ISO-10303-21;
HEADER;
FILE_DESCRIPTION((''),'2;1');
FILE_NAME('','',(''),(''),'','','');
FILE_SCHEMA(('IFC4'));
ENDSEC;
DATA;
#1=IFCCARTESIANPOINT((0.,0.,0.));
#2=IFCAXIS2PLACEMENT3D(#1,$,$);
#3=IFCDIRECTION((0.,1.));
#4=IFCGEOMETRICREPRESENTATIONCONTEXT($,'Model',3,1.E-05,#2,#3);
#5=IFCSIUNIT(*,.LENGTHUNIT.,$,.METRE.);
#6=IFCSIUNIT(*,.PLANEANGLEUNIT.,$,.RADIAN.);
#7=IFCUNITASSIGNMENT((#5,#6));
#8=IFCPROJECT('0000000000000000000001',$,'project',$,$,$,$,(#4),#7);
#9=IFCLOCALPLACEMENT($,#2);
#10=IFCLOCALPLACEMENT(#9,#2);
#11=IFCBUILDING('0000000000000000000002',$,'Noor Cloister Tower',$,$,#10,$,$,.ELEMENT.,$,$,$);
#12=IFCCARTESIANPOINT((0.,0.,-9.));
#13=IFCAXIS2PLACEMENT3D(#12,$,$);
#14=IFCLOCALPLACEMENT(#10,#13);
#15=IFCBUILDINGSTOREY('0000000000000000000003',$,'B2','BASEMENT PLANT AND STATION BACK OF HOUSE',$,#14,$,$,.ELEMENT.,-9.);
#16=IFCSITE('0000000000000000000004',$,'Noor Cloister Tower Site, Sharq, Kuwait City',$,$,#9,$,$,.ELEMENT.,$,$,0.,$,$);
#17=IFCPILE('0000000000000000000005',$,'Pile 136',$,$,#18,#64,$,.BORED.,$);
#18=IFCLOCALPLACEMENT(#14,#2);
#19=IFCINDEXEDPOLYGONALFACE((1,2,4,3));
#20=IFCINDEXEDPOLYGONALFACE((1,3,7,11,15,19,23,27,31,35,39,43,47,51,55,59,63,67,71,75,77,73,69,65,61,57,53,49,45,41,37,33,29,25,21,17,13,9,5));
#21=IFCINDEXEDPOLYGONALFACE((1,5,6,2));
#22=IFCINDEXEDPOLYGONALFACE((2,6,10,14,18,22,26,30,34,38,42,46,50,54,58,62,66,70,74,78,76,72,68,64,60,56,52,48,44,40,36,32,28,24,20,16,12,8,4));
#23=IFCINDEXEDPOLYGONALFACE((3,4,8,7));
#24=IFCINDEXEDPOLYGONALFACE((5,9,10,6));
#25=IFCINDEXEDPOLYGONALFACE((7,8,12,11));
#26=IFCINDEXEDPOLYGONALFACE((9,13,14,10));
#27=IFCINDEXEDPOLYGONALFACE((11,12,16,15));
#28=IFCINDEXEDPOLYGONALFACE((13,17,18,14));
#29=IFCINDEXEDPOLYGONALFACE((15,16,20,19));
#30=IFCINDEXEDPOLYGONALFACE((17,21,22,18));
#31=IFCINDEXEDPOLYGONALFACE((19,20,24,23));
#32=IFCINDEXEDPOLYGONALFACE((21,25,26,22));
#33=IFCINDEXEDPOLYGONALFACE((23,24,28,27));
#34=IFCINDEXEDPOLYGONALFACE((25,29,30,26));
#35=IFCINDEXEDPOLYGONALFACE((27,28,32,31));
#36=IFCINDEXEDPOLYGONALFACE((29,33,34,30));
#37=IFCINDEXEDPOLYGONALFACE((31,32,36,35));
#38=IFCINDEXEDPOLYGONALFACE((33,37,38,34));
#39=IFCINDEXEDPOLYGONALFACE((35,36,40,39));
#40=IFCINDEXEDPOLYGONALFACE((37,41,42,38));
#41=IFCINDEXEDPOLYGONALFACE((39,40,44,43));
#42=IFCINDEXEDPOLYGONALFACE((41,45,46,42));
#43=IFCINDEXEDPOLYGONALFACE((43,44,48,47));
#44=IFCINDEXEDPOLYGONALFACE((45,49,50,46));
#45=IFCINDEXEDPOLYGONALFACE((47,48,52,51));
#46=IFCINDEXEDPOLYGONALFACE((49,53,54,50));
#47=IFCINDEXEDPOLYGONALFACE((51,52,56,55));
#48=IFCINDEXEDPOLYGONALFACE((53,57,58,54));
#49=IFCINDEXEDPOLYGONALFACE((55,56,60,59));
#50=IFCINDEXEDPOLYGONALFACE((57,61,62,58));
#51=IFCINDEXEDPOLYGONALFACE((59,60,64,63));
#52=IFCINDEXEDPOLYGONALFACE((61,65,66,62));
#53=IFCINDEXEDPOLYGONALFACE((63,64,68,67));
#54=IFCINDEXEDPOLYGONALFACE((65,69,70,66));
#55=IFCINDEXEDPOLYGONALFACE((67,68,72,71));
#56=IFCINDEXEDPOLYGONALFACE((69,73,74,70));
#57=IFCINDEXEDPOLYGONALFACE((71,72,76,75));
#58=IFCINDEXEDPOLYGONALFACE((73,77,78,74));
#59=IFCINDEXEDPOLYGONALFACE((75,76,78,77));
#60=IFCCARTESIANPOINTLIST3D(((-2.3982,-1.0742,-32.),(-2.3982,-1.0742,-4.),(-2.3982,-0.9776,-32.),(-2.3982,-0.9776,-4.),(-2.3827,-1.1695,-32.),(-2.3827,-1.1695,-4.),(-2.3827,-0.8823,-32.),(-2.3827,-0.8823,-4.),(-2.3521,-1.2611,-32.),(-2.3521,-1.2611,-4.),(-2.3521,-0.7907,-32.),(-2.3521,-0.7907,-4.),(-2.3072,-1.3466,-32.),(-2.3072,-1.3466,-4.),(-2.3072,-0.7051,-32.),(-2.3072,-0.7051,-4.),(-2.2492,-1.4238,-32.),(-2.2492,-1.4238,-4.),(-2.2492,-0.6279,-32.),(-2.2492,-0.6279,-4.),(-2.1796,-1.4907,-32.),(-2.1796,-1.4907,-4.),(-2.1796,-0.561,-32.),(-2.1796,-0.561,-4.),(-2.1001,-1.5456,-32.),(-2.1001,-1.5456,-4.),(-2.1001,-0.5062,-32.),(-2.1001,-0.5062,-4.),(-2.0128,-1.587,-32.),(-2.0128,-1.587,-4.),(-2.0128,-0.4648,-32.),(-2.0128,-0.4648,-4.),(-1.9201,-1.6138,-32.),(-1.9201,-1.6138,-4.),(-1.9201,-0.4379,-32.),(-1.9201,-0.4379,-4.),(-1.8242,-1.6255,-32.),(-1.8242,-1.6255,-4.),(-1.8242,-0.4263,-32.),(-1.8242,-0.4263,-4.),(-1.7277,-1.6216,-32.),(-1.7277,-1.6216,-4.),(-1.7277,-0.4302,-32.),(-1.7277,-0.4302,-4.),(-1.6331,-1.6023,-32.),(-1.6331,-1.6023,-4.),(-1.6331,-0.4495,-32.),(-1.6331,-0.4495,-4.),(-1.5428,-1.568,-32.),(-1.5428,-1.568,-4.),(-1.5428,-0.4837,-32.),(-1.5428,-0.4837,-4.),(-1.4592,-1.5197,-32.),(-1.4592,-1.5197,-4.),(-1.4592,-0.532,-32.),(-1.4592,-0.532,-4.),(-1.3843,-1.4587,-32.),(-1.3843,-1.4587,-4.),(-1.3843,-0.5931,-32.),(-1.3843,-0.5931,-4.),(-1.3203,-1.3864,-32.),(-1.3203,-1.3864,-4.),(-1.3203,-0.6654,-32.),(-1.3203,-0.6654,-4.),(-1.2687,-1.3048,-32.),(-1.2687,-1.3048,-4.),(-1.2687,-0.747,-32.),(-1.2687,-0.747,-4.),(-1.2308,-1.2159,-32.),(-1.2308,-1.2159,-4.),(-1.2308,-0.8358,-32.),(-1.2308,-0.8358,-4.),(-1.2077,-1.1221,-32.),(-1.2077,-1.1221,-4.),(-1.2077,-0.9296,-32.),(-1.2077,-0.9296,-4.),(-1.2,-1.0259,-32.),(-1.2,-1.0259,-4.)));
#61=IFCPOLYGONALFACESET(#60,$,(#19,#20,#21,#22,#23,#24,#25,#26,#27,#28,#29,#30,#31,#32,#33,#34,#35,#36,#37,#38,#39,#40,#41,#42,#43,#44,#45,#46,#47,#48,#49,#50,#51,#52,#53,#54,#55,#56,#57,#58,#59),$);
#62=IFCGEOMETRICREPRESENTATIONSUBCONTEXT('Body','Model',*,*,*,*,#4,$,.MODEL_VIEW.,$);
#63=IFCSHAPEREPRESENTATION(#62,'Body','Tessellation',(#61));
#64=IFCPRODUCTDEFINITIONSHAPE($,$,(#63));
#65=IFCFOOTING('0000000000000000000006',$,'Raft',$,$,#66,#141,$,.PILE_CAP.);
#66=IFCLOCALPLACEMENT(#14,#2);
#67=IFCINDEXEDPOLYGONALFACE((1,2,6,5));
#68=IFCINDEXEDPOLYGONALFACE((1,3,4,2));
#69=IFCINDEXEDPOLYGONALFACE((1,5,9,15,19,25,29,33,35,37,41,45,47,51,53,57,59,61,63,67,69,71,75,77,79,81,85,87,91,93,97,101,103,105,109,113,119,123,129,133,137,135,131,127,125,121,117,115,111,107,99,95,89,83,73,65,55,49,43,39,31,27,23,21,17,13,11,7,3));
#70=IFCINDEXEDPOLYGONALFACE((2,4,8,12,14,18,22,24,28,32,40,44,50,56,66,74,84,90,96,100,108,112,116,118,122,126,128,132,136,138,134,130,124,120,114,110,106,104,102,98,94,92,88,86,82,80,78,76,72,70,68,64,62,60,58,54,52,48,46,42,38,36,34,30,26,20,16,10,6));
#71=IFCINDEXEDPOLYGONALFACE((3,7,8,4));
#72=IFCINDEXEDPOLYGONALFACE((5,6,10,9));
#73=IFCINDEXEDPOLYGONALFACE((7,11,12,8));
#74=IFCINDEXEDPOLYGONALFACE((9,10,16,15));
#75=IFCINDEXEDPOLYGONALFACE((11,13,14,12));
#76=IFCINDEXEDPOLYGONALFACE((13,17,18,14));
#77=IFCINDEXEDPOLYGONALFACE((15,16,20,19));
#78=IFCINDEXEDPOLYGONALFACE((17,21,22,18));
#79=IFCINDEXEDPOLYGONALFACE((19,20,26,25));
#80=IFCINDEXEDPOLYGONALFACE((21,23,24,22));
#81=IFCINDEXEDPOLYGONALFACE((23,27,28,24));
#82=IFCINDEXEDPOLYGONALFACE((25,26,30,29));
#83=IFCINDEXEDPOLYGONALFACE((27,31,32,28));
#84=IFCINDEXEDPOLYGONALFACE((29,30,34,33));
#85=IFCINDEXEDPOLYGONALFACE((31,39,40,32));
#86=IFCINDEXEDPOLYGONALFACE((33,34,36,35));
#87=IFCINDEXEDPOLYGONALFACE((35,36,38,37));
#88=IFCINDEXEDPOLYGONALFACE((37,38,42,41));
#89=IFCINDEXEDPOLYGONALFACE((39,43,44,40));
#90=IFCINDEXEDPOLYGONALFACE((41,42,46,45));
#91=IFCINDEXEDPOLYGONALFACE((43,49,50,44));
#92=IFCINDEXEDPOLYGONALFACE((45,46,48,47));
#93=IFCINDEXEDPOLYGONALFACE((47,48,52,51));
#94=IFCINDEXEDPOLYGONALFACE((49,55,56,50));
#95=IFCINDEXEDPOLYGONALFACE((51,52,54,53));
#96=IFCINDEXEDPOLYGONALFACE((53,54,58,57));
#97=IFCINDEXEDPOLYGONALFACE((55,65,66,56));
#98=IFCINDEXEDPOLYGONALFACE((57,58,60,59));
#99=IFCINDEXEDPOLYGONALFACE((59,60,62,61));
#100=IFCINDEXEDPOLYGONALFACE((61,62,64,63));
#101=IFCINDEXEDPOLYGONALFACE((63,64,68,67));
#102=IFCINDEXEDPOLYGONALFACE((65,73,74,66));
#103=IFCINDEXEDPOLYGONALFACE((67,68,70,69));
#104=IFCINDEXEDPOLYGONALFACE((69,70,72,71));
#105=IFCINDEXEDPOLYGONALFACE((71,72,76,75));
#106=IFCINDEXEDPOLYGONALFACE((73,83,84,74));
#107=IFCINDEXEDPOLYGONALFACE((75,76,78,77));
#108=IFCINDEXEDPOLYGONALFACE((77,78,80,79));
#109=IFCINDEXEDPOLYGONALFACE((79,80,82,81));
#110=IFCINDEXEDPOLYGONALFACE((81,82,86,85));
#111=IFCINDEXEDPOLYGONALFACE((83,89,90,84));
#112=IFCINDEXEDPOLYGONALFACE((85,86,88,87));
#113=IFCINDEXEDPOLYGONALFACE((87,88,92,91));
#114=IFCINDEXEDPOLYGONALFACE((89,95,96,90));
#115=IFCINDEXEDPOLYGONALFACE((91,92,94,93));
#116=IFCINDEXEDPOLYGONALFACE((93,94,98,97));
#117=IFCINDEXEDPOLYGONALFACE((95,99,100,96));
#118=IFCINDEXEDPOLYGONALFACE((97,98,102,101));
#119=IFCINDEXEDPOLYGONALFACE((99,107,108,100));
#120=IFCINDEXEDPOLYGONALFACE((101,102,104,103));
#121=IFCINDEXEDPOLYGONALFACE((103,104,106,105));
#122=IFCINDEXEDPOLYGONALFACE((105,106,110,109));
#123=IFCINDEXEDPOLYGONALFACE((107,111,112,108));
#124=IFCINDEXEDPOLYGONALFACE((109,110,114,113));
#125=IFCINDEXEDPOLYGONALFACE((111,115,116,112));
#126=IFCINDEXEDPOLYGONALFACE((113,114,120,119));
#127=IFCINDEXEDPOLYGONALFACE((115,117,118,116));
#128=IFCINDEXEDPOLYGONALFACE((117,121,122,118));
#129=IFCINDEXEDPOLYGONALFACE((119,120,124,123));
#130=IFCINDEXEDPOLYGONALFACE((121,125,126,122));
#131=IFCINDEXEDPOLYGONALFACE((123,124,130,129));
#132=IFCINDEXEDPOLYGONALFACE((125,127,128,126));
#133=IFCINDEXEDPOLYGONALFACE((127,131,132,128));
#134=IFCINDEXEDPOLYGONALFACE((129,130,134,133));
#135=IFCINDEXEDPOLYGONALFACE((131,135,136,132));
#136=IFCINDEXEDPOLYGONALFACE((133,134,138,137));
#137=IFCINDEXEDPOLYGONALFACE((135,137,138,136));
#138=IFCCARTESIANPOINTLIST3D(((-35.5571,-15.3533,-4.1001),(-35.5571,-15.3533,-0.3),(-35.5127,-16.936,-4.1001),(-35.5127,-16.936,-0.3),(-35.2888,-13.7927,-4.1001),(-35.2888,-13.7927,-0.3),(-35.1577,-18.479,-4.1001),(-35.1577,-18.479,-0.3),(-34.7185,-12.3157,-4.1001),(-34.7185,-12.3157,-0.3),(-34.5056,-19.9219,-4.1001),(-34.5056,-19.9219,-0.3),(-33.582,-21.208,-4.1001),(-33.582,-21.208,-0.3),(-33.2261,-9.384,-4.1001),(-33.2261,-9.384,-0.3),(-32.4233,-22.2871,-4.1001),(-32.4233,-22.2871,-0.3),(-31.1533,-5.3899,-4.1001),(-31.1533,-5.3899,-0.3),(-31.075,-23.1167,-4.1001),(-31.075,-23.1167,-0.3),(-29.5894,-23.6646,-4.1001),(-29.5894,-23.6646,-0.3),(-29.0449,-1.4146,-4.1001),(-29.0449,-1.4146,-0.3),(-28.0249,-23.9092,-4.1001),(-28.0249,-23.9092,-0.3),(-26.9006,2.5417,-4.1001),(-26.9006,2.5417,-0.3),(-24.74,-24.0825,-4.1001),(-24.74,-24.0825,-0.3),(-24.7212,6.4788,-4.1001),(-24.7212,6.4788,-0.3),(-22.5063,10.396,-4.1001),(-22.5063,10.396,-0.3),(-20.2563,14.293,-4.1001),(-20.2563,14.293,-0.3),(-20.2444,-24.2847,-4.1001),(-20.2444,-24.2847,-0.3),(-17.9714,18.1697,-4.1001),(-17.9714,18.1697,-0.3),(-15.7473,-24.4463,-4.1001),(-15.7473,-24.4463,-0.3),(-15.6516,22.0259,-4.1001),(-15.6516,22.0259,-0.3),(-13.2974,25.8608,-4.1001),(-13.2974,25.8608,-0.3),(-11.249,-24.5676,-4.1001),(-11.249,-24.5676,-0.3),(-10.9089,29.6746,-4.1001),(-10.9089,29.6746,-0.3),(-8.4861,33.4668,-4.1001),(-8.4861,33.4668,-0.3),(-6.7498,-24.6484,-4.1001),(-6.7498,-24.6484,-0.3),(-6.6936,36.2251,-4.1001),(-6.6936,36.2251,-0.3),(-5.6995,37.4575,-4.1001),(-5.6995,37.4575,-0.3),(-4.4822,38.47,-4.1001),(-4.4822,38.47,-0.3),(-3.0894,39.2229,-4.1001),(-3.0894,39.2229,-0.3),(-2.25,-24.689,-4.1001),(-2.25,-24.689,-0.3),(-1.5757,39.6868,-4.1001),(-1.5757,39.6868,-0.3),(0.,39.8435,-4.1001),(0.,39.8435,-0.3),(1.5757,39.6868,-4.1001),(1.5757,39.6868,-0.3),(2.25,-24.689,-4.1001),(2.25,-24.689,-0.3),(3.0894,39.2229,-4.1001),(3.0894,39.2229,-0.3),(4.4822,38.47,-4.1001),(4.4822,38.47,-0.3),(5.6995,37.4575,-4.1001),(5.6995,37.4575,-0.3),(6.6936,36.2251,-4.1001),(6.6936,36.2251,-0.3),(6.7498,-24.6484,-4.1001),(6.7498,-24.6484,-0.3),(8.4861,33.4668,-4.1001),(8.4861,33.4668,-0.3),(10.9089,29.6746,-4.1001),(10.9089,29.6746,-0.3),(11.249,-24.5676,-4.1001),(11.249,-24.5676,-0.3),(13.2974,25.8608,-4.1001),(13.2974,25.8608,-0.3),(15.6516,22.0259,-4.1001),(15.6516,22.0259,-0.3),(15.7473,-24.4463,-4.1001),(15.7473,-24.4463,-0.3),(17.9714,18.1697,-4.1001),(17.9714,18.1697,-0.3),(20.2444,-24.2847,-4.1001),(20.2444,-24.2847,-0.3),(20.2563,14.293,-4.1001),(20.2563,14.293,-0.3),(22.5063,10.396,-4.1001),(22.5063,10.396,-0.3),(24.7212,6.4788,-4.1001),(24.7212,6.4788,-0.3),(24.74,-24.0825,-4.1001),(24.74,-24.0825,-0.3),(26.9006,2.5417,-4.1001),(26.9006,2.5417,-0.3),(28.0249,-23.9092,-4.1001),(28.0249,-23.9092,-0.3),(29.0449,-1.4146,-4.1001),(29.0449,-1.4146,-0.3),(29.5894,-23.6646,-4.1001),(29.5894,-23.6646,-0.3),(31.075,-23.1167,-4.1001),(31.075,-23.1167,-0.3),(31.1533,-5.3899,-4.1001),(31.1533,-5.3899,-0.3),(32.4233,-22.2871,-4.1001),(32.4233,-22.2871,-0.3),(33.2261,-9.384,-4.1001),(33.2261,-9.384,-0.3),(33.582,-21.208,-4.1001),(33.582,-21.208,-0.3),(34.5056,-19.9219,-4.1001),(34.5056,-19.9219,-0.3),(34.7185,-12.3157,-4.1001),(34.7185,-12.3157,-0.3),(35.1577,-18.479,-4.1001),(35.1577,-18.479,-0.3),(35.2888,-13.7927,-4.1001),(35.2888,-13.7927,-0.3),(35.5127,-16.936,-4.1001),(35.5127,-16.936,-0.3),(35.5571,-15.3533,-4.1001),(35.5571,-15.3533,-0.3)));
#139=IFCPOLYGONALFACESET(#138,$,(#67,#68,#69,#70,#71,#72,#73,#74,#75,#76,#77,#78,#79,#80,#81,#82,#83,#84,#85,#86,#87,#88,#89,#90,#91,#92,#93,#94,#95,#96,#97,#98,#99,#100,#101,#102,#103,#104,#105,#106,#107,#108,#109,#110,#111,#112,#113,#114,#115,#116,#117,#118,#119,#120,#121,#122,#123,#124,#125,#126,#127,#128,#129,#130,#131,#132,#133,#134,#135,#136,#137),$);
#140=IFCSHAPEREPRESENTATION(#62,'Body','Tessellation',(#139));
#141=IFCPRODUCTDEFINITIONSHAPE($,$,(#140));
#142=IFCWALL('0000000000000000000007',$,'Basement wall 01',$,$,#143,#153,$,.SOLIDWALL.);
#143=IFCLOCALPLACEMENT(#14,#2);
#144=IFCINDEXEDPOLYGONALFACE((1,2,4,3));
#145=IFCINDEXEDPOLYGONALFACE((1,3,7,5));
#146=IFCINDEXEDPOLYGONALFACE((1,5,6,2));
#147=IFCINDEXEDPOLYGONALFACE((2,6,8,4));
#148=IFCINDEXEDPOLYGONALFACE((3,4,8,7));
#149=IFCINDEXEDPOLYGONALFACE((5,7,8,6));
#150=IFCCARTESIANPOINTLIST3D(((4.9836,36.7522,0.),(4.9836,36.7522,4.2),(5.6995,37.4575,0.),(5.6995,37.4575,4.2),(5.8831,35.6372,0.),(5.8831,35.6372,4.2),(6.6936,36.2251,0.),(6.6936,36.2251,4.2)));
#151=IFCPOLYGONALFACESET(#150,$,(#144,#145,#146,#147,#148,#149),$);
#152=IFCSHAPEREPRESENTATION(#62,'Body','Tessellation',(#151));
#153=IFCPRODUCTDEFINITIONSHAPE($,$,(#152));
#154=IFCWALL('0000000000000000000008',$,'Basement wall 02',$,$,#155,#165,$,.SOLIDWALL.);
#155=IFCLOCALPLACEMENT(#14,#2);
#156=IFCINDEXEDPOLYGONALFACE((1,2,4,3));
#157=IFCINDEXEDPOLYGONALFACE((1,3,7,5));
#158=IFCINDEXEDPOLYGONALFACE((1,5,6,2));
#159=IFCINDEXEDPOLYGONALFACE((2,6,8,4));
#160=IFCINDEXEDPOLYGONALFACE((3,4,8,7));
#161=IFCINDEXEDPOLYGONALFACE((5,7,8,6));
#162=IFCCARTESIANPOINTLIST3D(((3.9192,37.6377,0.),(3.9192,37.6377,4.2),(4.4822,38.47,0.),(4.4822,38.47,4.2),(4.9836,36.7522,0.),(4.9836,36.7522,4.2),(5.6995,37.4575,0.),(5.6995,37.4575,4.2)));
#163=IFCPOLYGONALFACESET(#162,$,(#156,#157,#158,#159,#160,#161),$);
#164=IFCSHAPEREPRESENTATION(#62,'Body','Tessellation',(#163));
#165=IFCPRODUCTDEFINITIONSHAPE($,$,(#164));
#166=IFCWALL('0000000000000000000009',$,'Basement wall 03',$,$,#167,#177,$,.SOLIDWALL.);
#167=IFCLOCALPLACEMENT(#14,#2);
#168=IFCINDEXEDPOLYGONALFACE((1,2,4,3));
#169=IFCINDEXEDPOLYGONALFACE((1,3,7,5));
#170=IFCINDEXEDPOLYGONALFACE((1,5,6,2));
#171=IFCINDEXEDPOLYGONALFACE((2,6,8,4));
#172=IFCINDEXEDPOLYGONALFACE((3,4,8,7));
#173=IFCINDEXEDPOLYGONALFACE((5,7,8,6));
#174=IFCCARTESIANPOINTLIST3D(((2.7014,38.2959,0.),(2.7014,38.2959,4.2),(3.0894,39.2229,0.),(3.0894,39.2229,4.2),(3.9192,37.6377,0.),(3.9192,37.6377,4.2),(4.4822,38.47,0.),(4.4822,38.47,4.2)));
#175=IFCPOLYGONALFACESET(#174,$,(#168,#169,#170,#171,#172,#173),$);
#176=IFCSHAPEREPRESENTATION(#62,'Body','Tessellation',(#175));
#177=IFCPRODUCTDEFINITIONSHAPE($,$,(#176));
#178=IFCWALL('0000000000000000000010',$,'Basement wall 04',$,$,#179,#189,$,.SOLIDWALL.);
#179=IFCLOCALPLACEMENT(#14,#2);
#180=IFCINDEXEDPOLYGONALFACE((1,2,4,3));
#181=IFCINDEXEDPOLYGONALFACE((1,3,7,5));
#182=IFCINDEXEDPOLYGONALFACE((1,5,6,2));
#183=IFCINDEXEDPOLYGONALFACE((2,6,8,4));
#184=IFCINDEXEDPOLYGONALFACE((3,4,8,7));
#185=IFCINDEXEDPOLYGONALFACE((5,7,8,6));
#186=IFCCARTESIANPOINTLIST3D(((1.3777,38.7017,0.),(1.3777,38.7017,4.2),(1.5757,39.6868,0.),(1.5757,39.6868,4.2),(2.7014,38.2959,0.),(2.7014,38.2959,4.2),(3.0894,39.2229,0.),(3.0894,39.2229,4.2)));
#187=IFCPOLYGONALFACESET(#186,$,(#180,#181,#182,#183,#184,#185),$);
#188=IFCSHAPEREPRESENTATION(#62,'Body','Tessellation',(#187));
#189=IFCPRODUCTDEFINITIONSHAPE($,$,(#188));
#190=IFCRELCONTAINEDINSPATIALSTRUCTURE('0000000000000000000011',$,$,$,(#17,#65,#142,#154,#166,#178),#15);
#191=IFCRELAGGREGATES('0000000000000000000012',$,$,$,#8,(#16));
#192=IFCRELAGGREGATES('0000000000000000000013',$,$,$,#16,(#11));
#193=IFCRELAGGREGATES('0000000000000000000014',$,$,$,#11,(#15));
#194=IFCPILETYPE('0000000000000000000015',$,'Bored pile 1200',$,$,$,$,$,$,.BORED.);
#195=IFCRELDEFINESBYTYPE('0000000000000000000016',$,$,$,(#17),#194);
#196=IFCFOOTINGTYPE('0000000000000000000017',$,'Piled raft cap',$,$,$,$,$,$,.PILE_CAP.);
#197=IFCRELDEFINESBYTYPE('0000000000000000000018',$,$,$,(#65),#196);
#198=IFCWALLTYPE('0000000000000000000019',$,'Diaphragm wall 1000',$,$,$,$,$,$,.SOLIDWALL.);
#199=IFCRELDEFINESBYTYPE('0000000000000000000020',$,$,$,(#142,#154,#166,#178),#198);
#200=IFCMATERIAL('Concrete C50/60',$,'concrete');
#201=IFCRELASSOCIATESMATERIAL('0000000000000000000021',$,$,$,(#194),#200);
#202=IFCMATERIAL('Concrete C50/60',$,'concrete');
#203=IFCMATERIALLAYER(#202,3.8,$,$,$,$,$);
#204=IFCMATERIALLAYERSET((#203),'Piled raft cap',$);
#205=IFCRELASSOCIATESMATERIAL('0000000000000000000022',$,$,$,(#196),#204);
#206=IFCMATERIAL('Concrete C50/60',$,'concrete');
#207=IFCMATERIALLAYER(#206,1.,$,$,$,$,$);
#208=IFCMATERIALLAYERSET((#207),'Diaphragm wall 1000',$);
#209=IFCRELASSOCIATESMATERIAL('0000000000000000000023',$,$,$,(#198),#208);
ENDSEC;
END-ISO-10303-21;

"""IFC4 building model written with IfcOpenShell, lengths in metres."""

from ifc_helpers import new_model, si_unit, direction, frame, origin, origin_2d, place, context, subcontext, project, spatial, polyline, circle, outline, extrude, material, layer, layer_set, material_profile, profile_set, type_object, element, save


model = new_model("IFC4")

# Units and contexts
model_context = context("Model", 3, precision=1e-05, world=origin(), true_north=direction((0.0, 1.0)))
body_context = subcontext(model_context, "Body", "Model", "MODEL_VIEW")
ifc_project = project(units=[si_unit("LENGTHUNIT", "METRE"), si_unit("PLANEANGLEUNIT", "RADIAN")], contexts=[model_context])

# Site, building, storey
site_placement = place(None, origin())
site = spatial("IfcSite", under=ifc_project, at=site_placement, Name="Noor Cloister Tower Site, Sharq, Kuwait City", CompositionType="ELEMENT", RefElevation=0.0)
building_placement = place(site_placement, origin())
building = spatial("IfcBuilding", under=site, at=building_placement, Name="Noor Cloister Tower", CompositionType="ELEMENT")
storey_placement = place(building_placement, frame((0.0, 0.0, -9.0)))
storey = spatial("IfcBuildingStorey", under=building, at=storey_placement, Name="B2", Description="BASEMENT PLANT AND STATION BACK OF HOUSE", CompositionType="ELEMENT", Elevation=-9.0)

# Pile
ifc_material_1 = material(Name="Concrete C50/60", Category="concrete")
ifc_material_profile = material_profile(ifc_material_1, circle(Radius=0.6001, at=origin_2d()), Name="Bored pile 1200")
ifc_profile_set = profile_set([ifc_material_profile], Name="Concrete C50/60")
pile_type = type_object("IfcPileType", Name="Bored pile 1200", PredefinedType="BORED", material=ifc_profile_set)
for number, where, z_axis, x_axis, name in (
    (1, (-1.8, -1.0259, -4.0), (0.0, 0.0, -1.0), (1.0, 0.0, 0.0), "Pile 136"),
):
    element("IfcPile", number, at=place(storey_placement, frame(where, z_axis=z_axis, x_axis=x_axis)), inside=storey, type_object=pile_type, Name=name, PredefinedType="BORED", context=body_context, shape_type="SweptSolid", body=[
        extrude(circle(Radius=0.6001, at=origin_2d()), origin(), (0.0, 0.0, 1.0), 28.0),
    ])

# Footing
ifc_material_2 = material(Name="Concrete C50/60", Category="concrete")
ifc_layer_1 = layer(ifc_material_2, 3.8)
ifc_layer_set_1 = layer_set([ifc_layer_1], Name="Piled raft cap")
footing_type = type_object("IfcFootingType", Name="Piled raft cap", PredefinedType="PILE_CAP", material=ifc_layer_set_1)
footing_placement = place(storey_placement, frame((0.0, 0.0, -4.1001)))
element("IfcFooting", 2, at=footing_placement, inside=storey, type_object=footing_type, Name="Raft", PredefinedType="PILE_CAP", context=body_context, shape_type="SweptSolid", body=[
    extrude(outline(polyline([(6.6936, 36.2251), (5.6995, 37.4575), (4.4822, 38.47), (3.0894, 39.2229), (1.5757, 39.6868), (0.0, 39.8435), (-1.5757, 39.6868), (-3.0894, 39.2229), (-4.4822, 38.47), (-5.6995, 37.4575), (-6.6936, 36.2251), (-8.4861, 33.4668), (-10.9089, 29.6746), (-13.2974, 25.8608), (-15.6516, 22.0259), (-17.9714, 18.1697), (-20.2563, 14.293), (-22.5063, 10.396), (-24.7212, 6.4788), (-26.9006, 2.5417), (-29.0449, -1.4146), (-31.1533, -5.3899), (-33.2261, -9.384), (-34.7185, -12.3157), (-35.2888, -13.7927), (-35.5571, -15.3533), (-35.5127, -16.936), (-35.1577, -18.479), (-34.5056, -19.9219), (-33.582, -21.208), (-32.4233, -22.2871), (-31.075, -23.1167), (-29.5894, -23.6646), (-28.0249, -23.9092), (-24.74, -24.0825), (-20.2444, -24.2847), (-15.7473, -24.4463), (-11.249, -24.5676), (-6.7498, -24.6484), (-2.25, -24.689), (2.25, -24.689), (6.7498, -24.6484), (11.249, -24.5676), (15.7473, -24.4463), (20.2444, -24.2847), (24.74, -24.0825), (28.0249, -23.9092), (29.5894, -23.6646), (31.075, -23.1167), (32.4233, -22.2871), (33.582, -21.208), (34.5056, -19.9219), (35.1577, -18.479), (35.5127, -16.936), (35.5571, -15.3533), (35.2888, -13.7927), (34.7185, -12.3157), (33.2261, -9.384), (31.1533, -5.3899), (29.0449, -1.4146), (26.9006, 2.5417), (24.7212, 6.4788), (22.5063, 10.396), (20.2563, 14.293), (17.9714, 18.1697), (15.6516, 22.0259), (13.2974, 25.8608), (10.9089, 29.6746), (8.4861, 33.4668), (6.6936, 36.2251)])), origin(), (0.0, 0.0, 1.0), 3.8),
])

# Walls
ifc_material_3 = material(Name="Concrete C50/60", Category="concrete")
ifc_layer_2 = layer(ifc_material_3, 1.0)
ifc_layer_set_2 = layer_set([ifc_layer_2], Name="Diaphragm wall 1000")
wall_type = type_object("IfcWallType", Name="Diaphragm wall 1000", PredefinedType="SOLIDWALL", material=ifc_layer_set_2)
wall_1_placement = place(storey_placement, origin())
element("IfcWall", 3, at=wall_1_placement, inside=storey, type_object=wall_type, Name="Basement wall 01", PredefinedType="SOLIDWALL", context=body_context, shape_type="SweptSolid", body=[
    extrude(outline(polyline([(6.6936, 36.2251), (5.6995, 37.4575), (4.9836, 36.7522), (5.8831, 35.6372), (6.6936, 36.2251)])), origin(), (0.0, 0.0, 1.0), 4.2),
])
wall_2_placement = place(storey_placement, origin())
element("IfcWall", 4, at=wall_2_placement, inside=storey, type_object=wall_type, Name="Basement wall 02", PredefinedType="SOLIDWALL", context=body_context, shape_type="SweptSolid", body=[
    extrude(outline(polyline([(5.6995, 37.4575), (4.4822, 38.47), (3.9192, 37.6377), (4.9836, 36.7522), (5.6995, 37.4575)])), origin(), (0.0, 0.0, 1.0), 4.2),
])
wall_3_placement = place(storey_placement, origin())
element("IfcWall", 5, at=wall_3_placement, inside=storey, type_object=wall_type, Name="Basement wall 03", PredefinedType="SOLIDWALL", context=body_context, shape_type="SweptSolid", body=[
    extrude(outline(polyline([(4.4822, 38.47), (3.0894, 39.2229), (2.7014, 38.2959), (3.9192, 37.6377), (4.4822, 38.47)])), origin(), (0.0, 0.0, 1.0), 4.2),
])
wall_4_placement = place(storey_placement, origin())
element("IfcWall", 6, at=wall_4_placement, inside=storey, type_object=wall_type, Name="Basement wall 04", PredefinedType="SOLIDWALL", context=body_context, shape_type="SweptSolid", body=[
    extrude(outline(polyline([(3.0894, 39.2229), (1.5757, 39.6868), (1.3777, 38.7017), (2.7014, 38.2959), (3.0894, 39.2229)])), origin(), (0.0, 0.0, 1.0), 4.2),
])

save(model, "model.ifc")
